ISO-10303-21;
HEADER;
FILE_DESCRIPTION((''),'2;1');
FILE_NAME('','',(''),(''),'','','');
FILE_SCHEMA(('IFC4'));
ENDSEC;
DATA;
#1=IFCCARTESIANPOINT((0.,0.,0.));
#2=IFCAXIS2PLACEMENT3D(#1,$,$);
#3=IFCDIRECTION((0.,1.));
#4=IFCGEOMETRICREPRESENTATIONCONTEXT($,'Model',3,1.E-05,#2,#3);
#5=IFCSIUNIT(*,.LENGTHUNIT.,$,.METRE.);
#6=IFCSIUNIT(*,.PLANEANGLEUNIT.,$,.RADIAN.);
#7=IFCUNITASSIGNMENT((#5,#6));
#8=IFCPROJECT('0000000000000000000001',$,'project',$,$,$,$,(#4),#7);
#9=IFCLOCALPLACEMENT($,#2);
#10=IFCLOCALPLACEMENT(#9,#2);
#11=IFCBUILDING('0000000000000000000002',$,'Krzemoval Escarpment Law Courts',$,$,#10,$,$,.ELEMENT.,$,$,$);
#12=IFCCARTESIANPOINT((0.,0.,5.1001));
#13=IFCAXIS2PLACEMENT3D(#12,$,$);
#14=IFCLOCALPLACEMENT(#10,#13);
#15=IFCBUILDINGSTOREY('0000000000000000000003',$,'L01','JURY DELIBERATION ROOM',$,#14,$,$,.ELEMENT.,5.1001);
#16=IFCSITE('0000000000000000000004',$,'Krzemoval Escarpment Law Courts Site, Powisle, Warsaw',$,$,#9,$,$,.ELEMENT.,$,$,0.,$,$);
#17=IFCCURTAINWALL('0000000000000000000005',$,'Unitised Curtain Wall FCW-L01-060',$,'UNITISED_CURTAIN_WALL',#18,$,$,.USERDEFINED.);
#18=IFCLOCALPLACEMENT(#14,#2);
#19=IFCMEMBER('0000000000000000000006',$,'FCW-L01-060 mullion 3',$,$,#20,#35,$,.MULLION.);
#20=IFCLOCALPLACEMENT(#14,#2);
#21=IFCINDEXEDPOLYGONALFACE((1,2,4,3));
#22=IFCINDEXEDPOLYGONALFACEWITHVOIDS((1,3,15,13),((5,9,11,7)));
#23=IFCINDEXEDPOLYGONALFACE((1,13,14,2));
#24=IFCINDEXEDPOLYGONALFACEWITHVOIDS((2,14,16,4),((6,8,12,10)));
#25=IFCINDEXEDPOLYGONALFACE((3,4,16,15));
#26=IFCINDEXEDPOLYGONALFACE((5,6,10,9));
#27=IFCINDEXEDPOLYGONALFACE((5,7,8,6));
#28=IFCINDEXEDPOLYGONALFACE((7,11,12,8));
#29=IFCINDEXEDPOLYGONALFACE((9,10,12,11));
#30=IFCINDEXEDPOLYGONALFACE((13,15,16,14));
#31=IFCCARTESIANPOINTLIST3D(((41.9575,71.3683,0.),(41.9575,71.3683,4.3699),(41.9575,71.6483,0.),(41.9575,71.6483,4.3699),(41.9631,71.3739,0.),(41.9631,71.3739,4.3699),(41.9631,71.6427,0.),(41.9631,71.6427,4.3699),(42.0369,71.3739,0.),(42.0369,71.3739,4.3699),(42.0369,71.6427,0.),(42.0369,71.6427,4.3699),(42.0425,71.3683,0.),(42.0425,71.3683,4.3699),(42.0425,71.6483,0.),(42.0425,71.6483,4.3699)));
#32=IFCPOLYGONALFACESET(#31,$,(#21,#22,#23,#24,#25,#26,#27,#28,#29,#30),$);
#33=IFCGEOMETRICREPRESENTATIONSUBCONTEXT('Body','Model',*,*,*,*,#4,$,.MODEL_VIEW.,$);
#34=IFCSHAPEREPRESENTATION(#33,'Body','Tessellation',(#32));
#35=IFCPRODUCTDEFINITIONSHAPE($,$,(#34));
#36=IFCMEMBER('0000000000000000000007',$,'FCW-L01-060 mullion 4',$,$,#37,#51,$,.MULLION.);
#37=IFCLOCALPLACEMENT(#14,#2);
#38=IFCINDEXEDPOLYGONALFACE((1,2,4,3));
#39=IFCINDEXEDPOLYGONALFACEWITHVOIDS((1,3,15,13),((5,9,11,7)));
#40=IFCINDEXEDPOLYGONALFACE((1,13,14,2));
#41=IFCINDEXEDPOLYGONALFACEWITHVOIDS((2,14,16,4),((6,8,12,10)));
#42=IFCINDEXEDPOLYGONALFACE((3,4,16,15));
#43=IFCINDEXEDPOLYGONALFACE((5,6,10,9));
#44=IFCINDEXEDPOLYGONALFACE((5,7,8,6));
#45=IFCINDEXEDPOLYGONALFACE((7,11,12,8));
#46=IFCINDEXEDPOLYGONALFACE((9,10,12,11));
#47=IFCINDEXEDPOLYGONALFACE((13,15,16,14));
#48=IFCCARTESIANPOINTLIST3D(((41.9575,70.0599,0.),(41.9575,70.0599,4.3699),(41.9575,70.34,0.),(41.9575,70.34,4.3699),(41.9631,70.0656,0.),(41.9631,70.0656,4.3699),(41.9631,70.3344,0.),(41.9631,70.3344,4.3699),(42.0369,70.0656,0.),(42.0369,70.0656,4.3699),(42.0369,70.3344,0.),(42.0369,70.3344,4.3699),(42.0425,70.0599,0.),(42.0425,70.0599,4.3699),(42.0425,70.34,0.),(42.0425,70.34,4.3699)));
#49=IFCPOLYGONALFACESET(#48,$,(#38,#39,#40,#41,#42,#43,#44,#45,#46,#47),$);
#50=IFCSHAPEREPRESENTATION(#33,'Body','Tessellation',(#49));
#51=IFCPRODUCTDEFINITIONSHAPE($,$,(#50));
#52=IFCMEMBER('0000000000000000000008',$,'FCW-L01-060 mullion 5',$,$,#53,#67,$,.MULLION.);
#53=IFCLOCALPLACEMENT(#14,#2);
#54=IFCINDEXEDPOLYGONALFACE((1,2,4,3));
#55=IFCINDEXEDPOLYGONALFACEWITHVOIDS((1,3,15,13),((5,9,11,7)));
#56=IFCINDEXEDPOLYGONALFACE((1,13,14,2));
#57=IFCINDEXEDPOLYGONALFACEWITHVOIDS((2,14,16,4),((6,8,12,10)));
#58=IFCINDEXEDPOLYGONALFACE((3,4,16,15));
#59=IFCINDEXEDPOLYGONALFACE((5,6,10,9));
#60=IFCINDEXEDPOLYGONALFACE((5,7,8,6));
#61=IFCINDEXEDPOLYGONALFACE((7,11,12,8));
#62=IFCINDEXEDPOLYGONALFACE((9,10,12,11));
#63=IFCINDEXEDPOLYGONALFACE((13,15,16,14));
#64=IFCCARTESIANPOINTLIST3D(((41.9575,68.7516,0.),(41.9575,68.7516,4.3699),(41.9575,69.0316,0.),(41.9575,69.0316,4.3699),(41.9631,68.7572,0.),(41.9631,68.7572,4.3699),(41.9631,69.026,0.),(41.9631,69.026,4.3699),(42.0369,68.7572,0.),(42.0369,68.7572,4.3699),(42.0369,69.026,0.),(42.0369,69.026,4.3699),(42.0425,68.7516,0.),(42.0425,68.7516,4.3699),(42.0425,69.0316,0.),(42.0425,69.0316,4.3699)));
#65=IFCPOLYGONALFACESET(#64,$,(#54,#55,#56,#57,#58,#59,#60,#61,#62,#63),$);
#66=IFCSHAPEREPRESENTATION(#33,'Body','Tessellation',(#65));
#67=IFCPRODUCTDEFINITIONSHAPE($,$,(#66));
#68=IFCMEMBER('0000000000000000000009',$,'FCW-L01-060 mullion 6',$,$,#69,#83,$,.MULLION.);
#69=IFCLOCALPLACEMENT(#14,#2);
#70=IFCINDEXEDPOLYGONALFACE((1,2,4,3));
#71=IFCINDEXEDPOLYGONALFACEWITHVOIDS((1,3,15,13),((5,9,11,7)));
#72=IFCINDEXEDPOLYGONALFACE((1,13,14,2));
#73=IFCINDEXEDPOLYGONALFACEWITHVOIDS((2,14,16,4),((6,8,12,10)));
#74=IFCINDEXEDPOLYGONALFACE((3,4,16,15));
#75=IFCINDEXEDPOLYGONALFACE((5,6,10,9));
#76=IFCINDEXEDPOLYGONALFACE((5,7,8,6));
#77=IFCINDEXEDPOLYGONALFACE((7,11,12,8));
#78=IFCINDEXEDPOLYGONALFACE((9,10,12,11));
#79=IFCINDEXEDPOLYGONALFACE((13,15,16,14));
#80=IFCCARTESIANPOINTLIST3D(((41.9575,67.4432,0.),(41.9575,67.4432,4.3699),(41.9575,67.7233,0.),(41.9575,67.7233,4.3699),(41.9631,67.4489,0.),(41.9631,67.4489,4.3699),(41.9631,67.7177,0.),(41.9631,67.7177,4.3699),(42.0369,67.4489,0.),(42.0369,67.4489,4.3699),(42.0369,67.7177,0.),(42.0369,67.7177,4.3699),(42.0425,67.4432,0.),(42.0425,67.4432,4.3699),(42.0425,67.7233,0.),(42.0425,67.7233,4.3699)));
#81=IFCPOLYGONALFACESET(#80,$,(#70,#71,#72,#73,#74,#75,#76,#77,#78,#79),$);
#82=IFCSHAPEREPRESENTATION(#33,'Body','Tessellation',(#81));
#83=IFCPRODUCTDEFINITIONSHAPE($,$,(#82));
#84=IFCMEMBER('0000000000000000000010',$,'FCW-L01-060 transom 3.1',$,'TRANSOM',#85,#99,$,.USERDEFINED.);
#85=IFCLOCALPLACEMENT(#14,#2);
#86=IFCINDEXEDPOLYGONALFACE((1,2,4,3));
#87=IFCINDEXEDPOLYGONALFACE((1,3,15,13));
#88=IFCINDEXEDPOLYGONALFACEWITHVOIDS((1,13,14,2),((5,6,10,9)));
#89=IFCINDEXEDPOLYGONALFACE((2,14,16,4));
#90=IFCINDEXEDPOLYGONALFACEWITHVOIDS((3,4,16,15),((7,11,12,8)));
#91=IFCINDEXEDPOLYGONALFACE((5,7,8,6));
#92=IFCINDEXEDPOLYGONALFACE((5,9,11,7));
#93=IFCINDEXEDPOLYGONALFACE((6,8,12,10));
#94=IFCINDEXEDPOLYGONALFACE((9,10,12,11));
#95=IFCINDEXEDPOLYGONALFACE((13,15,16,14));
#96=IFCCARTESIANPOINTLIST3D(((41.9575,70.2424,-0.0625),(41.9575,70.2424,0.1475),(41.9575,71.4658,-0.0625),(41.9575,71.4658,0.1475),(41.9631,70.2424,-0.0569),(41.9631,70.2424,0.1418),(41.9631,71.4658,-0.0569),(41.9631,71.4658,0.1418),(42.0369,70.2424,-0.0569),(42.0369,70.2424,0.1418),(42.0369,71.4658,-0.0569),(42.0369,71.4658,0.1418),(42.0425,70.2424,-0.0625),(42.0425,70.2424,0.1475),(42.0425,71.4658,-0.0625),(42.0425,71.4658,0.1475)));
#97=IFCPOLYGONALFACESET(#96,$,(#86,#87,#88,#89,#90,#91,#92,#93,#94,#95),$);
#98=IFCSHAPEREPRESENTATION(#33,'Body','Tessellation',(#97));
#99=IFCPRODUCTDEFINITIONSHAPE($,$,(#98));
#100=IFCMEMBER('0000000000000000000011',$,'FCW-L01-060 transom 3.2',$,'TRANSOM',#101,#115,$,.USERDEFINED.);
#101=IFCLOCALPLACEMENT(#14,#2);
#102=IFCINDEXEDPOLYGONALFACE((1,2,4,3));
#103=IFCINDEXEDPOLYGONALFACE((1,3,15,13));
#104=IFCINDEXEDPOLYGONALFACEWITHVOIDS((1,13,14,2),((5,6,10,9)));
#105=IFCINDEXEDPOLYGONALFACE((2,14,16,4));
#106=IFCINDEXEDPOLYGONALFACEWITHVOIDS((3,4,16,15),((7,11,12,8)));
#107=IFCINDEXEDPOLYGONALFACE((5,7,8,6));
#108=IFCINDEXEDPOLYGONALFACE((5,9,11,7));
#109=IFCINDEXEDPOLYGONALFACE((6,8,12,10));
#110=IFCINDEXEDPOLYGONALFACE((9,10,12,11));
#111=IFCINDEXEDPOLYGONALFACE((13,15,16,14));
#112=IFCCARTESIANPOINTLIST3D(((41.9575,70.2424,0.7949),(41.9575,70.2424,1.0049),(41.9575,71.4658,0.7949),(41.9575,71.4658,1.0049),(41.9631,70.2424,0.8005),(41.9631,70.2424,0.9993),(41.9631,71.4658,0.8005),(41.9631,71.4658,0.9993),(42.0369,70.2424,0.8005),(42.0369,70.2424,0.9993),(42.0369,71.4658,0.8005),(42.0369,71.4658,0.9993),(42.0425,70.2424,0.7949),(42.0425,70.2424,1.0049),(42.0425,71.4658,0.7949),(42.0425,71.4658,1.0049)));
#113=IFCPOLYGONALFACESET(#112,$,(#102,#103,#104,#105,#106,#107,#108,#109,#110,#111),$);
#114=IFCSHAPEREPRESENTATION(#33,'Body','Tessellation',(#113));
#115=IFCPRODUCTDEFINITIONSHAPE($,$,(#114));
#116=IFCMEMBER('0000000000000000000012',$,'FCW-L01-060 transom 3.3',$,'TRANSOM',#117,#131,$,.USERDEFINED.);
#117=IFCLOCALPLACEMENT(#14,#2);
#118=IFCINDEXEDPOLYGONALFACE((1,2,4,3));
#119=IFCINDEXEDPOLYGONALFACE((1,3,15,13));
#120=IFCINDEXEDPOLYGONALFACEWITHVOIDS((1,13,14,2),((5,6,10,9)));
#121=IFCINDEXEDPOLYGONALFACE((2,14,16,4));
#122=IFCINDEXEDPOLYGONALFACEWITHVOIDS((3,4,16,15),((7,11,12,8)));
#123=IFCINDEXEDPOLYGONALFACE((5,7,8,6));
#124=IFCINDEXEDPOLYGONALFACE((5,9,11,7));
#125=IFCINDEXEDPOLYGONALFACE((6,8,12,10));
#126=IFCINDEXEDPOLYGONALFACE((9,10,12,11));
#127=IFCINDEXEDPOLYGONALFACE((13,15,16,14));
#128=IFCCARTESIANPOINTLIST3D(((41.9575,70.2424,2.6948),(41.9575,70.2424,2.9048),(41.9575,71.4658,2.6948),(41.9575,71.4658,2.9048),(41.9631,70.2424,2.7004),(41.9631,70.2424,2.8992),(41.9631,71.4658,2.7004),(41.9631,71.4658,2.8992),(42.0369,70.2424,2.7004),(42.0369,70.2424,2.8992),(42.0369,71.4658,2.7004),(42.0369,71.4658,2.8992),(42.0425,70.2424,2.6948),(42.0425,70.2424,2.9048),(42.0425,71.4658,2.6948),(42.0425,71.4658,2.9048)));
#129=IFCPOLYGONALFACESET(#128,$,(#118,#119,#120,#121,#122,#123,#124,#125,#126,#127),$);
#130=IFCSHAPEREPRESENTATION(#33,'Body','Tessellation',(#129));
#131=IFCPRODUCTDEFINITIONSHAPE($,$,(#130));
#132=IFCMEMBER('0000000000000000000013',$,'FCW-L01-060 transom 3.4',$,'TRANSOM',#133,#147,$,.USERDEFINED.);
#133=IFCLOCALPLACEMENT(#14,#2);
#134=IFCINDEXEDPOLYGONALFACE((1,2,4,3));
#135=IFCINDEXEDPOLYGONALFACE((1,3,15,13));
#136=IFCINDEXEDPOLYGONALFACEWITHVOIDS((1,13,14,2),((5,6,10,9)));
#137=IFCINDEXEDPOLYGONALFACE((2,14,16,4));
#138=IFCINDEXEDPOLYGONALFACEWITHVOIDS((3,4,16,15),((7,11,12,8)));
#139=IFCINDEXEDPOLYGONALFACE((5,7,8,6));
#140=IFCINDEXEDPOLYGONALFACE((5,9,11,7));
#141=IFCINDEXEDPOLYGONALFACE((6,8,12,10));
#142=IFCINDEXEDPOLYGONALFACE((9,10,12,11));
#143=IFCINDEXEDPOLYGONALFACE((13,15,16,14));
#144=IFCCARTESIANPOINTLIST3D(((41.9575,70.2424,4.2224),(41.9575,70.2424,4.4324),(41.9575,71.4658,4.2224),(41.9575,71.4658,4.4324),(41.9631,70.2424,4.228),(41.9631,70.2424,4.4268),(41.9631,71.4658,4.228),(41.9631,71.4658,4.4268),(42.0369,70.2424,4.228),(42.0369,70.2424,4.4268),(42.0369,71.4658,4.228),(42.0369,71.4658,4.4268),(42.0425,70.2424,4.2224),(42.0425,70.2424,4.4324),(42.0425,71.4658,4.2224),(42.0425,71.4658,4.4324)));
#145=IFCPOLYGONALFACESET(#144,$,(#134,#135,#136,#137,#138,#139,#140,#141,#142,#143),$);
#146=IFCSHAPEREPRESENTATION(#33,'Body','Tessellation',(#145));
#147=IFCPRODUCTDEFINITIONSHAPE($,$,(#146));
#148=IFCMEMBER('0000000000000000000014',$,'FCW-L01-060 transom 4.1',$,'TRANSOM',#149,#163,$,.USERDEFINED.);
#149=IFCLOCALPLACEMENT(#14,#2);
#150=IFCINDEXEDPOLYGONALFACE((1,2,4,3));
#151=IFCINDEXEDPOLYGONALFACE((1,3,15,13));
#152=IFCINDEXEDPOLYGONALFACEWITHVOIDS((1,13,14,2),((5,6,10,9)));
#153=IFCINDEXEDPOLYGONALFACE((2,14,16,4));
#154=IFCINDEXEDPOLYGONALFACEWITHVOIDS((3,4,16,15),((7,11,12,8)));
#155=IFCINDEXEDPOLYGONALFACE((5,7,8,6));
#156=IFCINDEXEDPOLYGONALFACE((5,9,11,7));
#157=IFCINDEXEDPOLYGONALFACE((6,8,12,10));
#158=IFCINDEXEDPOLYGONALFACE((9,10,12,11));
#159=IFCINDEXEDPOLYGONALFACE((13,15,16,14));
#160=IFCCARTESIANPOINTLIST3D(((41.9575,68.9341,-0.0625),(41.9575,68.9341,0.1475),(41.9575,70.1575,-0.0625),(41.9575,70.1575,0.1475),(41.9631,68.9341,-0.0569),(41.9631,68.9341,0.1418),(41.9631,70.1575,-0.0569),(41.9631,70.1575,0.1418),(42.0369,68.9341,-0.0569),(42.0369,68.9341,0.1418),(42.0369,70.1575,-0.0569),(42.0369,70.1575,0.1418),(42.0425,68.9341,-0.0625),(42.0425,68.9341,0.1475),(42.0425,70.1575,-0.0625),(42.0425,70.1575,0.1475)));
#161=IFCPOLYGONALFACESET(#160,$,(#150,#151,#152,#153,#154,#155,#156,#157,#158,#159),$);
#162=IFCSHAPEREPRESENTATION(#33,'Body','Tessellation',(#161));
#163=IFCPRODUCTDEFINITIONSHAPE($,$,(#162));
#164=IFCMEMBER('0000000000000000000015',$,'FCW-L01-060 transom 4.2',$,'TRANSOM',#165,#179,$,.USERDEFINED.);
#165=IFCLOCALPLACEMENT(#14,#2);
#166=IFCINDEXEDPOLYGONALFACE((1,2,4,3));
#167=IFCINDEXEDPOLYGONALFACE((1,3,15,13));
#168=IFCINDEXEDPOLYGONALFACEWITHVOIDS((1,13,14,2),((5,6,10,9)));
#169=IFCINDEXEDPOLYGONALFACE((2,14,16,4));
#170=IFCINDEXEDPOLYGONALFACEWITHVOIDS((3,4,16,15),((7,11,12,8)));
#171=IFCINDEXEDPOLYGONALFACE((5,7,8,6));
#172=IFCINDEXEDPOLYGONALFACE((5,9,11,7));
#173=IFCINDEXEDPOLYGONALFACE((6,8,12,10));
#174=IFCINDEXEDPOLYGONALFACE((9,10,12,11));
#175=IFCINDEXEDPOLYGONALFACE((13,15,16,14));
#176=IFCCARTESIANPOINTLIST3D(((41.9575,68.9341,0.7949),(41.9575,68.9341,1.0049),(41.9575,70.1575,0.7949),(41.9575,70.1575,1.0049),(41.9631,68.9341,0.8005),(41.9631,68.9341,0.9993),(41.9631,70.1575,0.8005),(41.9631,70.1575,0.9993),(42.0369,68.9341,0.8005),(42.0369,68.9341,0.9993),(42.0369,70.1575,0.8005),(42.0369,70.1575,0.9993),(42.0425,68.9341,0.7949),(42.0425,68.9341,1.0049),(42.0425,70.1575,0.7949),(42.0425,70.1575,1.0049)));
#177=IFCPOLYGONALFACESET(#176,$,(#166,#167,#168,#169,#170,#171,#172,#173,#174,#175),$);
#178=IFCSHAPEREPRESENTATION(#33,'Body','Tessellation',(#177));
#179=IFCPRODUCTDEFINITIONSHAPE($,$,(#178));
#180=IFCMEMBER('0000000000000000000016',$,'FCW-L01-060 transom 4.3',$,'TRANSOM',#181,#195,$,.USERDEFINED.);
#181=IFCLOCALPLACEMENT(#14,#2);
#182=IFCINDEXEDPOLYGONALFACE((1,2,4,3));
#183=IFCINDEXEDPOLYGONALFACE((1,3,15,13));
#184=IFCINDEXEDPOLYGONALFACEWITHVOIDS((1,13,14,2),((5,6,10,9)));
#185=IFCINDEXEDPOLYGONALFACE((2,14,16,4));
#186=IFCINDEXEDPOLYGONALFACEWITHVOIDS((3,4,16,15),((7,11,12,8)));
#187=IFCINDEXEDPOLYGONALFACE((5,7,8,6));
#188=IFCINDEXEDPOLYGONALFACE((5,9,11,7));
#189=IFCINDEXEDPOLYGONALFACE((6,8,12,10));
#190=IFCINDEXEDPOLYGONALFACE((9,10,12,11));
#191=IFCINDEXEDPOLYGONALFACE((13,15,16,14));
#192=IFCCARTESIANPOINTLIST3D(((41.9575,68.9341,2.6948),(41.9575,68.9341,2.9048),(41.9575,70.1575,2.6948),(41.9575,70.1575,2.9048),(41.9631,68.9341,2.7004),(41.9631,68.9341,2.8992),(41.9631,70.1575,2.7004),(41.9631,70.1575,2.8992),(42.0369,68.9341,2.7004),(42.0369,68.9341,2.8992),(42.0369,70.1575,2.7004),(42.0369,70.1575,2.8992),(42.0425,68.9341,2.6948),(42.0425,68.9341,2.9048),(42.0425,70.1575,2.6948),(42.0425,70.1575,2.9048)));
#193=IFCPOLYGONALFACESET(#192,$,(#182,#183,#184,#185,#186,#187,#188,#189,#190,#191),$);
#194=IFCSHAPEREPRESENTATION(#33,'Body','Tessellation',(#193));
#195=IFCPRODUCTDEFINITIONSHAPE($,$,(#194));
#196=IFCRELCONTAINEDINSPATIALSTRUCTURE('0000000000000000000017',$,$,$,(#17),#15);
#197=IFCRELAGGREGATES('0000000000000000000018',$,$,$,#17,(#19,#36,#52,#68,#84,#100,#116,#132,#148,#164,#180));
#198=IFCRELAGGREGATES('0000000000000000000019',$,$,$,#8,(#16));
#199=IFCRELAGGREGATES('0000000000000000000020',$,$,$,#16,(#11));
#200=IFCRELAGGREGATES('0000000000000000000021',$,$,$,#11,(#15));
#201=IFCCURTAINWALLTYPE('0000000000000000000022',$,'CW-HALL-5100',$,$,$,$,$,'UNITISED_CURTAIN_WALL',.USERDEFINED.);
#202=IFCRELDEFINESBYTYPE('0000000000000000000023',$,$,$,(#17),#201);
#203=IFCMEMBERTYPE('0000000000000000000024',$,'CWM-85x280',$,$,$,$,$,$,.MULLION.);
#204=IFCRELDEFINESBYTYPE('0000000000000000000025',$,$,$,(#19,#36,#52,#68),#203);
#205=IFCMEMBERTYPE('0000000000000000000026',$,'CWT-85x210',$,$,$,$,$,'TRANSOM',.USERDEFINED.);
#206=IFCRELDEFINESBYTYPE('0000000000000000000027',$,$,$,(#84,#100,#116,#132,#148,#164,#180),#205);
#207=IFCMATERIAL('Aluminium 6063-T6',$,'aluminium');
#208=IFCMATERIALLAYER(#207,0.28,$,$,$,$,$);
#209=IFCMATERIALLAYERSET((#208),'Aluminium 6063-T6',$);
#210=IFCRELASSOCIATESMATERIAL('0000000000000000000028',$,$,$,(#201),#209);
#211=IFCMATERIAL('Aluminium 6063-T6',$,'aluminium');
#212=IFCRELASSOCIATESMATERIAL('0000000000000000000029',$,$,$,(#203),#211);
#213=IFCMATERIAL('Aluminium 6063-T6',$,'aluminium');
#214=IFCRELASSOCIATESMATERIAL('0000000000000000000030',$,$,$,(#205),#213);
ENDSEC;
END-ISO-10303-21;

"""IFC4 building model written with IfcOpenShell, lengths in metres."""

from ifc_helpers import new_model, si_unit, direction, frame, origin, origin_2d, place, context, subcontext, project, spatial, hollow_rectangle, extrude, material, layer, layer_set, material_profile, profile_set, type_object, element, aggregate, save


model = new_model("IFC4")

# Units and contexts
model_context = context("Model", 3, precision=1e-05, world=origin(), true_north=direction((0.0, 1.0)))
body_context = subcontext(model_context, "Body", "Model", "MODEL_VIEW")
ifc_project = project(units=[si_unit("LENGTHUNIT", "METRE"), si_unit("PLANEANGLEUNIT", "RADIAN")], contexts=[model_context])

# Site, building, storey
site_placement = place(None, origin())
site = spatial("IfcSite", under=ifc_project, at=site_placement, Name="Krzemoval Escarpment Law Courts Site, Powisle, Warsaw", CompositionType="ELEMENT", RefElevation=0.0)
building_placement = place(site_placement, origin())
building = spatial("IfcBuilding", under=site, at=building_placement, Name="Krzemoval Escarpment Law Courts", CompositionType="ELEMENT")
storey_placement = place(building_placement, frame((0.0, 0.0, 5.1001)))
storey = spatial("IfcBuildingStorey", under=building, at=storey_placement, Name="L01", Description="JURY DELIBERATION ROOM", CompositionType="ELEMENT", Elevation=5.1001)

# Curtain wall, members
ifc_material_1 = material(Name="Aluminium 6063-T6", Category="aluminium")
ifc_layer_1 = layer(ifc_material_1, 0.28)
ifc_layer_set_1 = layer_set([ifc_layer_1], Name="Aluminium 6063-T6")
curtain_wall_type = type_object("IfcCurtainWallType", Name="CW-HALL-5100", ElementType="UNITISED_CURTAIN_WALL", PredefinedType="USERDEFINED", material=ifc_layer_set_1)
curtain_wall_placement = place(storey_placement, origin())
curtain_wall = element("IfcCurtainWall", 1, at=curtain_wall_placement, inside=storey, type_object=curtain_wall_type, Name="Unitised Curtain Wall FCW-L01-060", ObjectType="UNITISED_CURTAIN_WALL", PredefinedType="USERDEFINED")
ifc_material_2 = material(Name="Aluminium 6063-T6", Category="aluminium")
ifc_material_profile_1 = material_profile(ifc_material_2, hollow_rectangle(XDim=0.085, YDim=0.28, WallThickness=0.0056, at=origin_2d()), Name="ALU M85x280")
ifc_profile_set_1 = profile_set([ifc_material_profile_1], Name="Aluminium 6063-T6")
member_type_1 = type_object("IfcMemberType", Name="CWM-85x280", PredefinedType="MULLION", material=ifc_profile_set_1)
member_1_placement = place(storey_placement, frame((42.0, 71.5083, 0.0), z_axis=(0.0, 0.0, 1.0), x_axis=(1.0, 0.0, 0.0)))
member_1 = element("IfcMember", 2, at=member_1_placement, type_object=member_type_1, Name="FCW-L01-060 mullion 3", PredefinedType="MULLION", context=body_context, shape_type="SweptSolid", body=[
    extrude(hollow_rectangle(XDim=0.085, YDim=0.28, WallThickness=0.0056, at=origin_2d()), origin(), (0.0, 0.0, 1.0), 4.3699),
])
member_2_placement = place(storey_placement, frame((42.0, 70.2, 0.0), z_axis=(0.0, 0.0, 1.0), x_axis=(1.0, 0.0, 0.0)))
member_2 = element("IfcMember", 3, at=member_2_placement, type_object=member_type_1, Name="FCW-L01-060 mullion 4", PredefinedType="MULLION", context=body_context, shape_type="SweptSolid", body=[
    extrude(hollow_rectangle(XDim=0.085, YDim=0.28, WallThickness=0.0056, at=origin_2d()), origin(), (0.0, 0.0, 1.0), 4.3699),
])
member_3_placement = place(storey_placement, frame((42.0, 68.8916, 0.0), z_axis=(0.0, 0.0, 1.0), x_axis=(1.0, 0.0, 0.0)))
member_3 = element("IfcMember", 4, at=member_3_placement, type_object=member_type_1, Name="FCW-L01-060 mullion 5", PredefinedType="MULLION", context=body_context, shape_type="SweptSolid", body=[
    extrude(hollow_rectangle(XDim=0.085, YDim=0.28, WallThickness=0.0056, at=origin_2d()), origin(), (0.0, 0.0, 1.0), 4.3699),
])
member_4_placement = place(storey_placement, frame((42.0, 67.5833, 0.0), z_axis=(0.0, 0.0, 1.0), x_axis=(1.0, 0.0, 0.0)))
member_4 = element("IfcMember", 5, at=member_4_placement, type_object=member_type_1, Name="FCW-L01-060 mullion 6", PredefinedType="MULLION", context=body_context, shape_type="SweptSolid", body=[
    extrude(hollow_rectangle(XDim=0.085, YDim=0.28, WallThickness=0.0056, at=origin_2d()), origin(), (0.0, 0.0, 1.0), 4.3699),
])
ifc_material_3 = material(Name="Aluminium 6063-T6", Category="aluminium")
ifc_material_profile_2 = material_profile(ifc_material_3, hollow_rectangle(XDim=0.085, YDim=0.21, WallThickness=0.0056, at=origin_2d()), Name="ALU T85x210")
ifc_profile_set_2 = profile_set([ifc_material_profile_2], Name="Aluminium 6063-T6")
member_type_2 = type_object("IfcMemberType", Name="CWT-85x210", ElementType="TRANSOM", PredefinedType="USERDEFINED", material=ifc_profile_set_2)
member_5_placement = place(storey_placement, frame((42.0, 71.4658, 0.0425), z_axis=(0.0, -1.0, 0.0), x_axis=(1.0, 0.0, 0.0)))
member_5 = element("IfcMember", 6, at=member_5_placement, type_object=member_type_2, Name="FCW-L01-060 transom 3.1", ObjectType="TRANSOM", PredefinedType="USERDEFINED", context=body_context, shape_type="SweptSolid", body=[
    extrude(hollow_rectangle(XDim=0.085, YDim=0.21, WallThickness=0.0056, at=origin_2d()), origin(), (0.0, 0.0, 1.0), 1.2234),
])
member_6_placement = place(storey_placement, frame((42.0, 71.4658, 0.8999), z_axis=(0.0, -1.0, 0.0), x_axis=(1.0, 0.0, 0.0)))
member_6 = element("IfcMember", 7, at=member_6_placement, type_object=member_type_2, Name="FCW-L01-060 transom 3.2", ObjectType="TRANSOM", PredefinedType="USERDEFINED", context=body_context, shape_type="SweptSolid", body=[
    extrude(hollow_rectangle(XDim=0.085, YDim=0.21, WallThickness=0.0056, at=origin_2d()), origin(), (0.0, 0.0, 1.0), 1.2234),
])
member_7_placement = place(storey_placement, frame((42.0, 71.4658, 2.7998), z_axis=(0.0, -1.0, 0.0), x_axis=(1.0, 0.0, 0.0)))
member_7 = element("IfcMember", 8, at=member_7_placement, type_object=member_type_2, Name="FCW-L01-060 transom 3.3", ObjectType="TRANSOM", PredefinedType="USERDEFINED", context=body_context, shape_type="SweptSolid", body=[
    extrude(hollow_rectangle(XDim=0.085, YDim=0.21, WallThickness=0.0056, at=origin_2d()), origin(), (0.0, 0.0, 1.0), 1.2234),
])
member_8_placement = place(storey_placement, frame((42.0, 71.4658, 4.3274), z_axis=(0.0, -1.0, 0.0), x_axis=(1.0, 0.0, 0.0)))
member_8 = element("IfcMember", 9, at=member_8_placement, type_object=member_type_2, Name="FCW-L01-060 transom 3.4", ObjectType="TRANSOM", PredefinedType="USERDEFINED", context=body_context, shape_type="SweptSolid", body=[
    extrude(hollow_rectangle(XDim=0.085, YDim=0.21, WallThickness=0.0056, at=origin_2d()), origin(), (0.0, 0.0, 1.0), 1.2234),
])
member_9_placement = place(storey_placement, frame((42.0, 70.1575, 0.0425), z_axis=(0.0, -1.0, 0.0), x_axis=(1.0, 0.0, 0.0)))
member_9 = element("IfcMember", 10, at=member_9_placement, type_object=member_type_2, Name="FCW-L01-060 transom 4.1", ObjectType="TRANSOM", PredefinedType="USERDEFINED", context=body_context, shape_type="SweptSolid", body=[
    extrude(hollow_rectangle(XDim=0.085, YDim=0.21, WallThickness=0.0056, at=origin_2d()), origin(), (0.0, 0.0, 1.0), 1.2234),
])
member_10_placement = place(storey_placement, frame((42.0, 70.1575, 0.8999), z_axis=(0.0, -1.0, 0.0), x_axis=(1.0, 0.0, 0.0)))
member_10 = element("IfcMember", 11, at=member_10_placement, type_object=member_type_2, Name="FCW-L01-060 transom 4.2", ObjectType="TRANSOM", PredefinedType="USERDEFINED", context=body_context, shape_type="SweptSolid", body=[
    extrude(hollow_rectangle(XDim=0.085, YDim=0.21, WallThickness=0.0056, at=origin_2d()), origin(), (0.0, 0.0, 1.0), 1.2234),
])
member_11_placement = place(storey_placement, frame((42.0, 70.1575, 2.7998), z_axis=(0.0, -1.0, 0.0), x_axis=(1.0, 0.0, 0.0)))
member_11 = element("IfcMember", 12, at=member_11_placement, type_object=member_type_2, Name="FCW-L01-060 transom 4.3", ObjectType="TRANSOM", PredefinedType="USERDEFINED", context=body_context, shape_type="SweptSolid", body=[
    extrude(hollow_rectangle(XDim=0.085, YDim=0.21, WallThickness=0.0056, at=origin_2d()), origin(), (0.0, 0.0, 1.0), 1.2234),
])

aggregate(curtain_wall, [member_1, member_2, member_3, member_4, member_5, member_6, member_7, member_8, member_9, member_10, member_11])

save(model, "model.ifc")
